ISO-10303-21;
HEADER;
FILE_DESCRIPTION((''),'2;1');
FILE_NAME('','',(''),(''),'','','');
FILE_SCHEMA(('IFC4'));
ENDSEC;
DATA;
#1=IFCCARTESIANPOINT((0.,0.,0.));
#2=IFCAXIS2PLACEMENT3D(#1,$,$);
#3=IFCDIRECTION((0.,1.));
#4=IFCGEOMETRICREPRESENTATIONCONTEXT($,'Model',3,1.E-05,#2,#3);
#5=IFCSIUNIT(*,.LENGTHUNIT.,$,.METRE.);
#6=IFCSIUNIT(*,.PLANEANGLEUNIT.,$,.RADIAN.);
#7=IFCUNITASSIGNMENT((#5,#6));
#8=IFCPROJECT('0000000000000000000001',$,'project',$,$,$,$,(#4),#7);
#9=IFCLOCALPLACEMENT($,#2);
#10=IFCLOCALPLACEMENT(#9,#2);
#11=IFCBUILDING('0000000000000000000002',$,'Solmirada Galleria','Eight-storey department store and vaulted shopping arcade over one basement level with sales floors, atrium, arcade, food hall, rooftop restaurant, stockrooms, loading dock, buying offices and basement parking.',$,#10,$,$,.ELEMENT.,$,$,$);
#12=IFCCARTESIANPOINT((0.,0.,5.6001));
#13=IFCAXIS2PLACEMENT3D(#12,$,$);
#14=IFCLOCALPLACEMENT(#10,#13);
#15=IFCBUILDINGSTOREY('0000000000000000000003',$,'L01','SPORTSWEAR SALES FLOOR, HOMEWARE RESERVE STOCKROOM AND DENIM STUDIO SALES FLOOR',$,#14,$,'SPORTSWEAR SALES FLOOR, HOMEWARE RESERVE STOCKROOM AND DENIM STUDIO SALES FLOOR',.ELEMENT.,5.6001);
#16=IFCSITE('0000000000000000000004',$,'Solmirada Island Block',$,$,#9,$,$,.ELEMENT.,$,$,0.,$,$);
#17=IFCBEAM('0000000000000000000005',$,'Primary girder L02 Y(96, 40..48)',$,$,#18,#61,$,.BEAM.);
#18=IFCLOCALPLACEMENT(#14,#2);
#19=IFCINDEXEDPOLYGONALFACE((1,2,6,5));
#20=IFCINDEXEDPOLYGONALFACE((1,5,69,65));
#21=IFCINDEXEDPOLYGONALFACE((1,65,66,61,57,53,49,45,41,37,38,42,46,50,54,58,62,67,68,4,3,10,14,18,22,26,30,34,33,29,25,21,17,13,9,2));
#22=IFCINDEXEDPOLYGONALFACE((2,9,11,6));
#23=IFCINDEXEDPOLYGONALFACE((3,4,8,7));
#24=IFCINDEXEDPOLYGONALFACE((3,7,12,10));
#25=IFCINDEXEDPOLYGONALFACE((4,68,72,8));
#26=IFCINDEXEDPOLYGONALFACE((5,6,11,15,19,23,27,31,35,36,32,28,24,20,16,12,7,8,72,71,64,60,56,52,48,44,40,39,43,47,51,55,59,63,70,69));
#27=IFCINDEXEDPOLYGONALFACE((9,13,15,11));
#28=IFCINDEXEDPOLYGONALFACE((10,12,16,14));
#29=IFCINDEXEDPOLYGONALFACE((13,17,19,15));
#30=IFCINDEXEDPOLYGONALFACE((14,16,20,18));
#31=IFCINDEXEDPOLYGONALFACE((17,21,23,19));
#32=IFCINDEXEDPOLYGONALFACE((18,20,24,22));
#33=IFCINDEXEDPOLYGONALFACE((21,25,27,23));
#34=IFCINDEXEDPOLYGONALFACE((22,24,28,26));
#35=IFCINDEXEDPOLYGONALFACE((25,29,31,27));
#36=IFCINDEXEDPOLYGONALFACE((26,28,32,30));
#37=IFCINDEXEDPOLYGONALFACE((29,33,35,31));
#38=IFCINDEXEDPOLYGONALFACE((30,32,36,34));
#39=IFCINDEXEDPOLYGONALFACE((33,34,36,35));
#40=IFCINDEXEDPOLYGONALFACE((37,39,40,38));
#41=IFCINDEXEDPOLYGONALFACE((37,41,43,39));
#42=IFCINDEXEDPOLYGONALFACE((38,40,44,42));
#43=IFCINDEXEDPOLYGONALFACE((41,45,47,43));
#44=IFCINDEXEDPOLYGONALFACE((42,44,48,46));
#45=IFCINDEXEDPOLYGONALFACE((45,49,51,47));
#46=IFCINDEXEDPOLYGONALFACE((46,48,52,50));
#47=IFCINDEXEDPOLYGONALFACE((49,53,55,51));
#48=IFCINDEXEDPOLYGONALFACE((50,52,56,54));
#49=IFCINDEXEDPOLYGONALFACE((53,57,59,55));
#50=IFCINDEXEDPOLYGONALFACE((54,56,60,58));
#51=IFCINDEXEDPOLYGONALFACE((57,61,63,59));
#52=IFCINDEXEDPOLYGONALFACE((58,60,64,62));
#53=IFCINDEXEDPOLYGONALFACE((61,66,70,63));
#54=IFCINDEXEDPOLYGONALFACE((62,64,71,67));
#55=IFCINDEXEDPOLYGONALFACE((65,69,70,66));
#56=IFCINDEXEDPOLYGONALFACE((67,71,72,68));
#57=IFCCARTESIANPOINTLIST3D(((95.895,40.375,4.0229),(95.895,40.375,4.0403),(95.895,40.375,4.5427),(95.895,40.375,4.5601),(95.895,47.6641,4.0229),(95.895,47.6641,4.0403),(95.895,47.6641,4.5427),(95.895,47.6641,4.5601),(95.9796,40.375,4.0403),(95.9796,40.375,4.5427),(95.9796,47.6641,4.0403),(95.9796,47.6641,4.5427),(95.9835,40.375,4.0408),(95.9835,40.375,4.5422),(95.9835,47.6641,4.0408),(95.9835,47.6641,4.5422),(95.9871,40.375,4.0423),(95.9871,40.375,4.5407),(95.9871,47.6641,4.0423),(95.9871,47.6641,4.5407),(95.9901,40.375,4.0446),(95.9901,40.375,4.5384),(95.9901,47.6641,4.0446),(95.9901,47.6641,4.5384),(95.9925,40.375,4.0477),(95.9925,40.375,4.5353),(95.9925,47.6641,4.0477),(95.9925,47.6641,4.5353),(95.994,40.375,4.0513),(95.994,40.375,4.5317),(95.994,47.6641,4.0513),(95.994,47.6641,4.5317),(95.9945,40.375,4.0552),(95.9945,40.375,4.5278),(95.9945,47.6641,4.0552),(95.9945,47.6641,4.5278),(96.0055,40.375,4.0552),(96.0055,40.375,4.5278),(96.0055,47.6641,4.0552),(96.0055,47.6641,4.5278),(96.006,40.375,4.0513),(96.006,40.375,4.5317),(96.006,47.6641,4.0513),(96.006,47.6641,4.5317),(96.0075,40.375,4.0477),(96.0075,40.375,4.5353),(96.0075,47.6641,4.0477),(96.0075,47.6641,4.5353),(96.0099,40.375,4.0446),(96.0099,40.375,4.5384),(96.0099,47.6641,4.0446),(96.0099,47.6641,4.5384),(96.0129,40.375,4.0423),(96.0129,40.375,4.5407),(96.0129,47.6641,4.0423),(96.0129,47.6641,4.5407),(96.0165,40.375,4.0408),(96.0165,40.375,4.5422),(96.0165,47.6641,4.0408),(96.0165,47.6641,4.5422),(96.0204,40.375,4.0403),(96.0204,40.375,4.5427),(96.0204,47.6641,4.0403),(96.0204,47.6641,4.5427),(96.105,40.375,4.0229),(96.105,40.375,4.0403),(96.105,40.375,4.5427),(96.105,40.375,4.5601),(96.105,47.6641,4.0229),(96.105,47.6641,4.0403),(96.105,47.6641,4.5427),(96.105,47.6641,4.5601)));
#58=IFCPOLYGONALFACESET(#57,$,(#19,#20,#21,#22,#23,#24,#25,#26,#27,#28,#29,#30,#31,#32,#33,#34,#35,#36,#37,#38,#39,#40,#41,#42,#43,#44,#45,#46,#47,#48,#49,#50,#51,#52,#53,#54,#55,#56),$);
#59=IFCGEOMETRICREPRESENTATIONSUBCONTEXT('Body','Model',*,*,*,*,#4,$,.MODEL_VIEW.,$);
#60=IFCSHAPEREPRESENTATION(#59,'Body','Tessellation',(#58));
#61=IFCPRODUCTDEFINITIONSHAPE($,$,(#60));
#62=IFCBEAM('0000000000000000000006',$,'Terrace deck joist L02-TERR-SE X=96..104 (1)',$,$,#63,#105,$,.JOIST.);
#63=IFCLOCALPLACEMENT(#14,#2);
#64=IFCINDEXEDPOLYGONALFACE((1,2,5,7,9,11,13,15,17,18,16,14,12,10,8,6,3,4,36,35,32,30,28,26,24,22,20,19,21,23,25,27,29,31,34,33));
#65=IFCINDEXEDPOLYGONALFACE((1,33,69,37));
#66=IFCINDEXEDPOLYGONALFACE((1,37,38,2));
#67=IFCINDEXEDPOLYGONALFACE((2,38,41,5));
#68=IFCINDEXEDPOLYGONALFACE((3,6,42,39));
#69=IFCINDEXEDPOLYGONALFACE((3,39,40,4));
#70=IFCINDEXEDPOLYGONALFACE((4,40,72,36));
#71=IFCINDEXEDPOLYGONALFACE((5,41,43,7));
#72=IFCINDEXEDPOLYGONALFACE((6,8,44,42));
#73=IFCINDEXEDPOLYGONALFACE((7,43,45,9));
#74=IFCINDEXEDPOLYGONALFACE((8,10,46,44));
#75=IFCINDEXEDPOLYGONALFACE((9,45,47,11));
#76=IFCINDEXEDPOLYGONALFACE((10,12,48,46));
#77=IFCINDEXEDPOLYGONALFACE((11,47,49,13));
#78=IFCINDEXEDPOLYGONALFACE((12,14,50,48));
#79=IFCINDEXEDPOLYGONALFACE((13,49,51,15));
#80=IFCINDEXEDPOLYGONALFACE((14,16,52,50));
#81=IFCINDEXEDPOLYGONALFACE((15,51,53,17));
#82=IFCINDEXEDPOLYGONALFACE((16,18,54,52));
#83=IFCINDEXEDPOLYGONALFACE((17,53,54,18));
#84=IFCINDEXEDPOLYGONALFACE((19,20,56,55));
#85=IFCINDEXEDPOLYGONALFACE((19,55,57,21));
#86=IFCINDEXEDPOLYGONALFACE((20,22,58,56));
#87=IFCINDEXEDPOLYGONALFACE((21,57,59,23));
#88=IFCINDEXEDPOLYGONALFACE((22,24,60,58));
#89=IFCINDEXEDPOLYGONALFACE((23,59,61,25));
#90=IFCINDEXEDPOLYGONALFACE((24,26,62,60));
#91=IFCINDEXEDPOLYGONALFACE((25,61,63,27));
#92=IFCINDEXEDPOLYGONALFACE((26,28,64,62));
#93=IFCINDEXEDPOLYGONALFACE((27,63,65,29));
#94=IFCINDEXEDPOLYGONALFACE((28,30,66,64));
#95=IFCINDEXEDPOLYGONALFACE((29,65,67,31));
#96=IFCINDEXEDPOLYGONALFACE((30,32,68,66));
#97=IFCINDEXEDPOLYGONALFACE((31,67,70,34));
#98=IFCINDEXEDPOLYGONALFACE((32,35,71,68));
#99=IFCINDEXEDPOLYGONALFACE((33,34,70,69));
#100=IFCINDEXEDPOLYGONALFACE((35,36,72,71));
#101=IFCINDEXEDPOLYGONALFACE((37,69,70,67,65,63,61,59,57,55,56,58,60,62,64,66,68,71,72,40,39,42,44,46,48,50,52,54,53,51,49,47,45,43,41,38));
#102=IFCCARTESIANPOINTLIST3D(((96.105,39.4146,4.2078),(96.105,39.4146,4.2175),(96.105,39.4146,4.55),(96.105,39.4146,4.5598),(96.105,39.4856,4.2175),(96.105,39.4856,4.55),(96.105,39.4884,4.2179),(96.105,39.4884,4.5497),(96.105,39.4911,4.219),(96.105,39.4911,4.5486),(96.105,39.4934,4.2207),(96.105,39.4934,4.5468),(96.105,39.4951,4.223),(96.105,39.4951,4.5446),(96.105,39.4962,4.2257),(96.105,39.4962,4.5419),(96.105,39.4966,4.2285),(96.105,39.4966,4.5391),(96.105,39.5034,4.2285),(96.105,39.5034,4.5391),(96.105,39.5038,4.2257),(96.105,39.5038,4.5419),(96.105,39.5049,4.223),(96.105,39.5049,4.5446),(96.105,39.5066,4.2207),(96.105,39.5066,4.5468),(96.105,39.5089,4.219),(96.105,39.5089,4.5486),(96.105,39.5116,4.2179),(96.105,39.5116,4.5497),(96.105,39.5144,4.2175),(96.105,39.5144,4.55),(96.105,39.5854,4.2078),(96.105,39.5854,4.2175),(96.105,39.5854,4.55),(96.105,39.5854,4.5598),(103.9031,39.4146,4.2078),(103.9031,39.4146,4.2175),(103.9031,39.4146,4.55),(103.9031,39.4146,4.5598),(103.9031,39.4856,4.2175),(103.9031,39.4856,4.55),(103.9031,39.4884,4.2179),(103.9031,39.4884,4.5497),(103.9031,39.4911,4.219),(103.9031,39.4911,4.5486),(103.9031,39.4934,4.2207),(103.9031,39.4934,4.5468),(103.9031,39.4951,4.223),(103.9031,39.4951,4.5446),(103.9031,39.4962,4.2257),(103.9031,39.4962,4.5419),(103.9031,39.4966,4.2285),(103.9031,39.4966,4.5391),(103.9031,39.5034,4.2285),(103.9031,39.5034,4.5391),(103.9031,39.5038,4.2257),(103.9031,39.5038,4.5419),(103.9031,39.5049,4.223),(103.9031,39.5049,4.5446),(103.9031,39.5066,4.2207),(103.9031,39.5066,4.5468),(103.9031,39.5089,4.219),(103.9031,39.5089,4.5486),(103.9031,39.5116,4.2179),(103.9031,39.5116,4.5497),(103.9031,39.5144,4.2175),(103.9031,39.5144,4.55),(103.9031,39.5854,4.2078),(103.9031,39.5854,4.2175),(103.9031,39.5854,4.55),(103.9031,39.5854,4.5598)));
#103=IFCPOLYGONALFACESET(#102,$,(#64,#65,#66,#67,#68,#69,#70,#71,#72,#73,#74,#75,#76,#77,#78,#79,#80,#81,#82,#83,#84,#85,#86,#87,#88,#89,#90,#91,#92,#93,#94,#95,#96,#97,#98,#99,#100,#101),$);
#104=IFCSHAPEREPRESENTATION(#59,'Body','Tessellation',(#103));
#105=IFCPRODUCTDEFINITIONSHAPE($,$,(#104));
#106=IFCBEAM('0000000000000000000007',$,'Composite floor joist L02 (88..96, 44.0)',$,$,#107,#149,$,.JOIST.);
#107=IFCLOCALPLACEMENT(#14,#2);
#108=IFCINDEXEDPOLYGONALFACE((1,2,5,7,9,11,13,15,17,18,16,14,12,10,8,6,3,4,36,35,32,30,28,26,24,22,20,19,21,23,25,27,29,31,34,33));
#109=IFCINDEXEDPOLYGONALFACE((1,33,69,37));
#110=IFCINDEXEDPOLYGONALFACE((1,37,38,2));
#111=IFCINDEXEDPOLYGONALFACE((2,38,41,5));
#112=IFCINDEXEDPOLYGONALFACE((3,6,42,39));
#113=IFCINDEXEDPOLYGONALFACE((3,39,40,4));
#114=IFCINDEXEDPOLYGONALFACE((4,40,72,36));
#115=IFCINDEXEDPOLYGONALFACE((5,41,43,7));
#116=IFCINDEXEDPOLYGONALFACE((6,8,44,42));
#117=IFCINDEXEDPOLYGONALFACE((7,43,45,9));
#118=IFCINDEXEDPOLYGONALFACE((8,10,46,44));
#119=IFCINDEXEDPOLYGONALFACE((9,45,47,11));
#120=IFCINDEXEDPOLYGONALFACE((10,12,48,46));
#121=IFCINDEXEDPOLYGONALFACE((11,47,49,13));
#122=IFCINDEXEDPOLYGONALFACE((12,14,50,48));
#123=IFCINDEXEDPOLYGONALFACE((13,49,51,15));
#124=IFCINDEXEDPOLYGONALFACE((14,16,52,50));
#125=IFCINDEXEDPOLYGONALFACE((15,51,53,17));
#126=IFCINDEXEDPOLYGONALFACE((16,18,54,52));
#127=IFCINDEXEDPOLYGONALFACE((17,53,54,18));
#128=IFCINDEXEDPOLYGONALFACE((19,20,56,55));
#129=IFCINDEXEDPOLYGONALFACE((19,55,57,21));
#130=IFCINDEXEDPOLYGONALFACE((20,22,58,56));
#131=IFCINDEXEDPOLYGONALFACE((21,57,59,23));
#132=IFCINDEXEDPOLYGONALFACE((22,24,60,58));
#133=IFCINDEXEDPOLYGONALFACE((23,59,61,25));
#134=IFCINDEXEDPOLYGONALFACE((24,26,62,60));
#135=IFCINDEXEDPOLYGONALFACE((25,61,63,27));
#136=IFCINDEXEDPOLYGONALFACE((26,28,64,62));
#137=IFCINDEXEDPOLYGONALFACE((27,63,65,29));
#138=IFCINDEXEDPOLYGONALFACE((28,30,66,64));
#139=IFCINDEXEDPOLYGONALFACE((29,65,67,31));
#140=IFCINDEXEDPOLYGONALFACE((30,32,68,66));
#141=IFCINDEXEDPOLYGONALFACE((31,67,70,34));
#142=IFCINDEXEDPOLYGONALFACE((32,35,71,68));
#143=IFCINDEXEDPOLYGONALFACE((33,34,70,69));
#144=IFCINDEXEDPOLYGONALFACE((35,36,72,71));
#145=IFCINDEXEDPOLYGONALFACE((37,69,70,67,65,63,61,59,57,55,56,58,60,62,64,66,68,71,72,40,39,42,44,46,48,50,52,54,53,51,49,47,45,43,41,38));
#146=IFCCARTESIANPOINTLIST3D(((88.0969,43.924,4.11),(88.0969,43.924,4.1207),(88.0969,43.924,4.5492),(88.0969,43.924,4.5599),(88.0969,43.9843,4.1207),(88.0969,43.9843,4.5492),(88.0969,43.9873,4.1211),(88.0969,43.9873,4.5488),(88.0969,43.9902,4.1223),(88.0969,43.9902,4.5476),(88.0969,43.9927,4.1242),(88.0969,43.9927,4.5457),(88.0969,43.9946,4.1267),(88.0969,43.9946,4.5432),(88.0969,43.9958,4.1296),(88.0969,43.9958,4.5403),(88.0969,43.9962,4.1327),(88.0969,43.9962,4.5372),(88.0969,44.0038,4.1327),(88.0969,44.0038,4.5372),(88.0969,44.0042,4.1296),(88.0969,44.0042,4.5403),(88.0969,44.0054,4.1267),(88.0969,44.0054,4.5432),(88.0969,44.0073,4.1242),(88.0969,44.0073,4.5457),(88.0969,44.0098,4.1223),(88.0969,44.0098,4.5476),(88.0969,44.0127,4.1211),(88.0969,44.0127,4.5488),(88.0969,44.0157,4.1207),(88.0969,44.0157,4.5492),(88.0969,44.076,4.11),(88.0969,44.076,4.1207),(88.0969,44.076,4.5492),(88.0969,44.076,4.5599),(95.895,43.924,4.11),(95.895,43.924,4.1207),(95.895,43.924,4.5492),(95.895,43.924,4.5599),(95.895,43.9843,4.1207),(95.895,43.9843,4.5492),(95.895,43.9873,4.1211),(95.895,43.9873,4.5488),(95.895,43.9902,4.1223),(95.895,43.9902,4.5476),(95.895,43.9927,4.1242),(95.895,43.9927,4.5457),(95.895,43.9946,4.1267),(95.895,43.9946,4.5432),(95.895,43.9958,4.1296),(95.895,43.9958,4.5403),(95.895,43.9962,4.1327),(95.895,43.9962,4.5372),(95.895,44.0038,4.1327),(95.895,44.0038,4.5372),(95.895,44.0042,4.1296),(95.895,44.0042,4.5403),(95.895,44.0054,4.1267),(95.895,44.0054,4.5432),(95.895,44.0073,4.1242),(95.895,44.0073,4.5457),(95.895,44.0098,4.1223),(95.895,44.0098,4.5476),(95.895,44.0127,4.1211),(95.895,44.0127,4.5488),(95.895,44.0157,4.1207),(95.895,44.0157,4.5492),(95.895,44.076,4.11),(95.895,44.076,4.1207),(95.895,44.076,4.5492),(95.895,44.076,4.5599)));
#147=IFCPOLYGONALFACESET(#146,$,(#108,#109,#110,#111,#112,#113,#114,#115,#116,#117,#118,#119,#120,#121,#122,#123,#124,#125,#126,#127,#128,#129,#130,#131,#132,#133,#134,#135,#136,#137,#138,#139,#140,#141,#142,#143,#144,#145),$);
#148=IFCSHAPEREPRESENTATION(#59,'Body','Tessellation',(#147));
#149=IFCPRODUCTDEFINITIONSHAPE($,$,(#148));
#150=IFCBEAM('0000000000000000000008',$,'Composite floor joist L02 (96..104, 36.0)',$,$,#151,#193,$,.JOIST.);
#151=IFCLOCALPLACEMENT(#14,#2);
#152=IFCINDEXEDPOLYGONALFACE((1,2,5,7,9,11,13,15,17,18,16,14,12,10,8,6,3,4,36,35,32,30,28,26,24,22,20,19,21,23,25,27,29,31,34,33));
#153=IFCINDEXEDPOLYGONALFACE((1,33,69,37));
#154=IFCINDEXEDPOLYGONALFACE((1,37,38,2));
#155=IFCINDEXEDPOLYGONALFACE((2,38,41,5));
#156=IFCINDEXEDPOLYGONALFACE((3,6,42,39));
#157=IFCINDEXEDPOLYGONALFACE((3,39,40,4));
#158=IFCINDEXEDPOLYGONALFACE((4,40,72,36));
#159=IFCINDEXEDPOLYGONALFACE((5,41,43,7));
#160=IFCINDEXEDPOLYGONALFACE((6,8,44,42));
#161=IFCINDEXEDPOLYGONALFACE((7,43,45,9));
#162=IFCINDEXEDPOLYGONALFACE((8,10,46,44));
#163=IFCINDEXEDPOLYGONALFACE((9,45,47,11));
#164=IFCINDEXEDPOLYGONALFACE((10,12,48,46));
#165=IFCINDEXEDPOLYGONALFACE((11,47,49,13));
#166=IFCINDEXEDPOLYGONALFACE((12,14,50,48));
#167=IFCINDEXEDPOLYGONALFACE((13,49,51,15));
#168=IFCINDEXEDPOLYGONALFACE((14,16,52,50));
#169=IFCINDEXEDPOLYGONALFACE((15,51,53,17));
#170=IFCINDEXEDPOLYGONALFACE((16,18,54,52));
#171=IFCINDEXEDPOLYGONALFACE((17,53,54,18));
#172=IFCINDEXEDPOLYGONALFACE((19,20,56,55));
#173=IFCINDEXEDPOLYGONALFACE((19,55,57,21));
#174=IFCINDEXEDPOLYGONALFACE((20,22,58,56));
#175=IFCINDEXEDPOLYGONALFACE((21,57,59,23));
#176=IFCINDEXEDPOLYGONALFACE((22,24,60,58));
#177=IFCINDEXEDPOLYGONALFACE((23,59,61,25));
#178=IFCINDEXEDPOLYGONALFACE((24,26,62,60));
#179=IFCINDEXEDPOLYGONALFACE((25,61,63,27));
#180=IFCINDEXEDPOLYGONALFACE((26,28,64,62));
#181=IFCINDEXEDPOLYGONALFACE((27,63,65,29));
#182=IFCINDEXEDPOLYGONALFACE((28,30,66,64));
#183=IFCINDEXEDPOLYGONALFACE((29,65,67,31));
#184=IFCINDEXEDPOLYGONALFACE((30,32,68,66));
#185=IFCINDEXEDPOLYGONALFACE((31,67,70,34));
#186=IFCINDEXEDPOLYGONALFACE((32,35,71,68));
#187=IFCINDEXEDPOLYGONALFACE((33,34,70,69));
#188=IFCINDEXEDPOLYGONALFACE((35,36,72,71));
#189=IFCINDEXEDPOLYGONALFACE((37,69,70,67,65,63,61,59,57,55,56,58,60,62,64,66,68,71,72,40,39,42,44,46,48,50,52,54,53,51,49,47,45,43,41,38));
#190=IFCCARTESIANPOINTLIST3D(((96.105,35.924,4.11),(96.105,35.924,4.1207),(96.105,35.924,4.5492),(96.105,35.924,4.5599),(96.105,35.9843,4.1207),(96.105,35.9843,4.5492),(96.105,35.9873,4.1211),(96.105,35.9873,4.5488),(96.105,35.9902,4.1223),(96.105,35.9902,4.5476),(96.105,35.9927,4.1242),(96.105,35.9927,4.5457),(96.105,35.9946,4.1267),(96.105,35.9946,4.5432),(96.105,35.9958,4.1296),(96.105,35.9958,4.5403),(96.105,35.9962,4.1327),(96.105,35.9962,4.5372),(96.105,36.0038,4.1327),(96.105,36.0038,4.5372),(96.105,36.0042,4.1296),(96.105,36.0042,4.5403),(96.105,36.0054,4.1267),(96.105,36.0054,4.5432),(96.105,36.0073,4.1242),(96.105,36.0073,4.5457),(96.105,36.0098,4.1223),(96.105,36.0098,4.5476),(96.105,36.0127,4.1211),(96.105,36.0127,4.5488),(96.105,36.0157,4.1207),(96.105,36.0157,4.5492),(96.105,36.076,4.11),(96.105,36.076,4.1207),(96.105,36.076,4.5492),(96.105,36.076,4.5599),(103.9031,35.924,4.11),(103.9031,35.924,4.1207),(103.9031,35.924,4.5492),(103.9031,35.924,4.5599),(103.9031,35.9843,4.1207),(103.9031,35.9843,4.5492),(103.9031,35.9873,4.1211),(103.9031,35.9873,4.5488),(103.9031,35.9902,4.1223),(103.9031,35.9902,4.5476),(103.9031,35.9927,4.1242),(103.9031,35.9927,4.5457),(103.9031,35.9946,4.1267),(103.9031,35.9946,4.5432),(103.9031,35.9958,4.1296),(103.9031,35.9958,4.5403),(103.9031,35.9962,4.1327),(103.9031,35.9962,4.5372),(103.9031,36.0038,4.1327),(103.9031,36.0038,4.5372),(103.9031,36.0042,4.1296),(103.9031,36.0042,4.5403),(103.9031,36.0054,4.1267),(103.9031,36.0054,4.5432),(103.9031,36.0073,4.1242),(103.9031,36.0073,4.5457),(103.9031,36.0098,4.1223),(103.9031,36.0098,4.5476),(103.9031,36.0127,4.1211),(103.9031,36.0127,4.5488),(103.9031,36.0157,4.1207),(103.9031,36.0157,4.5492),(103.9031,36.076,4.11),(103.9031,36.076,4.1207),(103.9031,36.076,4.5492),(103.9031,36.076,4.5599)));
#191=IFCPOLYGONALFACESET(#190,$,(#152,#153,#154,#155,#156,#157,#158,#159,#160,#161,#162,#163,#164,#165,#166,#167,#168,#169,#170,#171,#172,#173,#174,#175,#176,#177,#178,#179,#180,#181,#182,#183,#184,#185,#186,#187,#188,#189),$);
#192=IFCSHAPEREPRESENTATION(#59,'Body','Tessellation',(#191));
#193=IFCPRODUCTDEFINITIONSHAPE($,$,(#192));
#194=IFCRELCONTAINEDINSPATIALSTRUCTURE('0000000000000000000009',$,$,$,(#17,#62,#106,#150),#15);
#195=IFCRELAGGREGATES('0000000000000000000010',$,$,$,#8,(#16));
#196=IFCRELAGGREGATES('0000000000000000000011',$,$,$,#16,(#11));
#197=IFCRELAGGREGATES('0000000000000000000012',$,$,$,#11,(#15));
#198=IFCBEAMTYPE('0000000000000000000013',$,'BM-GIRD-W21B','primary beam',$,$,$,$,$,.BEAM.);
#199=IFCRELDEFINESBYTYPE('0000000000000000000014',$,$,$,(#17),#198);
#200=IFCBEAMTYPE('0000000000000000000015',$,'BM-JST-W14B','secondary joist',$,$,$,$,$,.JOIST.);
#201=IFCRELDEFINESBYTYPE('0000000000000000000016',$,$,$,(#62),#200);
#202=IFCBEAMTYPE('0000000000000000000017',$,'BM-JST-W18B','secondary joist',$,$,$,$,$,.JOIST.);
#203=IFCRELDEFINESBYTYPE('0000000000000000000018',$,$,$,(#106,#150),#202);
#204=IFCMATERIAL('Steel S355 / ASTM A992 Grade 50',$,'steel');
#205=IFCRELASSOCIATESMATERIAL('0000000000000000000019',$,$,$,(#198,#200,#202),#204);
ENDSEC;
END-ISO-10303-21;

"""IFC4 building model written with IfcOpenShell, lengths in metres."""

from ifc_helpers import new_model, si_unit, direction, frame, origin, origin_2d, place, context, subcontext, project, spatial, i_section, extrude, material, material_profile, profile_set, type_object, element, save


model = new_model("IFC4")

# Units and contexts
model_context = context("Model", 3, precision=1e-05, world=origin(), true_north=direction((0.0, 1.0)))
body_context = subcontext(model_context, "Body", "Model", "MODEL_VIEW")
ifc_project = project(units=[si_unit("LENGTHUNIT", "METRE"), si_unit("PLANEANGLEUNIT", "RADIAN")], contexts=[model_context])

# Site, building, storey
site_placement = place(None, origin())
site = spatial("IfcSite", under=ifc_project, at=site_placement, Name="Solmirada Island Block", CompositionType="ELEMENT", RefElevation=0.0)
building_placement = place(site_placement, origin())
building = spatial("IfcBuilding", under=site, at=building_placement, Name="Solmirada Galleria", Description="Eight-storey department store and vaulted shopping arcade over one basement level with sales floors, atrium, arcade, food hall, rooftop restaurant, stockrooms, loading dock, buying offices and basement parking.", CompositionType="ELEMENT")
storey_placement = place(building_placement, frame((0.0, 0.0, 5.6001)))
storey = spatial("IfcBuildingStorey", under=building, at=storey_placement, Name="L01", Description="SPORTSWEAR SALES FLOOR, HOMEWARE RESERVE STOCKROOM AND DENIM STUDIO SALES FLOOR", LongName="SPORTSWEAR SALES FLOOR, HOMEWARE RESERVE STOCKROOM AND DENIM STUDIO SALES FLOOR", CompositionType="ELEMENT", Elevation=5.6001)

# Beams
ifc_material_1 = material(Name="Steel S355 / ASTM A992 Grade 50", Category="steel")
ifc_material_profile_1 = material_profile(ifc_material_1, i_section(OverallWidth=0.21, OverallDepth=0.5371, WebThickness=0.011, FlangeThickness=0.0173, FilletRadius=0.0149, at=origin_2d()), Name="W21X68")
ifc_profile_set_1 = profile_set([ifc_material_profile_1], Name="Steel S355 / ASTM A992 Grade 50")
beam_type_1 = type_object("IfcBeamType", Name="BM-GIRD-W21B", Description="primary beam", PredefinedType="BEAM", material=ifc_profile_set_1)
beam_1_placement = place(storey_placement, frame((96.0, 40.375, 4.2915), z_axis=(0.0, 1.0, 0.0), x_axis=(-1.0, 0.0, 0.0)))
element("IfcBeam", 1, at=beam_1_placement, inside=storey, type_object=beam_type_1, Name="Primary girder L02 Y(96, 40..48)", PredefinedType="BEAM", context=body_context, shape_type="SweptSolid", body=[
    extrude(i_section(OverallWidth=0.21, OverallDepth=0.5371, WebThickness=0.011, FlangeThickness=0.0173, FilletRadius=0.0149, at=origin_2d()), origin(), (0.0, 0.0, 1.0), 7.2891),
])
ifc_material_profile_2 = material_profile(ifc_material_1, i_section(OverallWidth=0.1709, OverallDepth=0.3521, WebThickness=0.0068, FlangeThickness=0.0098, FilletRadius=0.011, at=origin_2d()), Name="W14X30")
ifc_profile_set_2 = profile_set([ifc_material_profile_2], Name="Steel S355 / ASTM A992 Grade 50")
beam_type_2 = type_object("IfcBeamType", Name="BM-JST-W14B", Description="secondary joist", PredefinedType="JOIST", material=ifc_profile_set_2)
beam_2_placement = place(storey_placement, frame((96.105, 39.5, 4.3838), z_axis=(1.0, 0.0, 0.0), x_axis=(0.0, 1.0, 0.0)))
element("IfcBeam", 2, at=beam_2_placement, inside=storey, type_object=beam_type_2, Name="Terrace deck joist L02-TERR-SE X=96..104 (1)", PredefinedType="JOIST", context=body_context, shape_type="SweptSolid", body=[
    extrude(i_section(OverallWidth=0.1709, OverallDepth=0.3521, WebThickness=0.0068, FlangeThickness=0.0098, FilletRadius=0.011, at=origin_2d()), origin(), (0.0, 0.0, 1.0), 7.7981),
])
ifc_material_profile_3 = material_profile(ifc_material_1, i_section(OverallWidth=0.1521, OverallDepth=0.45, WebThickness=0.0076, FlangeThickness=0.0107, FilletRadius=0.012, at=origin_2d()), Name="W18X35")
ifc_profile_set_3 = profile_set([ifc_material_profile_3], Name="Steel S355 / ASTM A992 Grade 50")
beam_type_3 = type_object("IfcBeamType", Name="BM-JST-W18B", Description="secondary joist", PredefinedType="JOIST", material=ifc_profile_set_3)
for number, where, z_axis, x_axis, name in (
    (3, (88.0969, 44.0, 4.335), (1.0, 0.0, 0.0), (0.0, 1.0, 0.0), "Composite floor joist L02 (88..96, 44.0)"),
    (4, (96.105, 36.0, 4.335), (1.0, 0.0, 0.0), (0.0, 1.0, 0.0), "Composite floor joist L02 (96..104, 36.0)"),
):
    element("IfcBeam", number, at=place(storey_placement, frame(where, z_axis=z_axis, x_axis=x_axis)), inside=storey, type_object=beam_type_3, Name=name, PredefinedType="JOIST", context=body_context, shape_type="SweptSolid", body=[
        extrude(i_section(OverallWidth=0.1521, OverallDepth=0.45, WebThickness=0.0076, FlangeThickness=0.0107, FilletRadius=0.012, at=origin_2d()), origin(), (0.0, 0.0, 1.0), 7.7981),
    ])

save(model, "model.ifc")
